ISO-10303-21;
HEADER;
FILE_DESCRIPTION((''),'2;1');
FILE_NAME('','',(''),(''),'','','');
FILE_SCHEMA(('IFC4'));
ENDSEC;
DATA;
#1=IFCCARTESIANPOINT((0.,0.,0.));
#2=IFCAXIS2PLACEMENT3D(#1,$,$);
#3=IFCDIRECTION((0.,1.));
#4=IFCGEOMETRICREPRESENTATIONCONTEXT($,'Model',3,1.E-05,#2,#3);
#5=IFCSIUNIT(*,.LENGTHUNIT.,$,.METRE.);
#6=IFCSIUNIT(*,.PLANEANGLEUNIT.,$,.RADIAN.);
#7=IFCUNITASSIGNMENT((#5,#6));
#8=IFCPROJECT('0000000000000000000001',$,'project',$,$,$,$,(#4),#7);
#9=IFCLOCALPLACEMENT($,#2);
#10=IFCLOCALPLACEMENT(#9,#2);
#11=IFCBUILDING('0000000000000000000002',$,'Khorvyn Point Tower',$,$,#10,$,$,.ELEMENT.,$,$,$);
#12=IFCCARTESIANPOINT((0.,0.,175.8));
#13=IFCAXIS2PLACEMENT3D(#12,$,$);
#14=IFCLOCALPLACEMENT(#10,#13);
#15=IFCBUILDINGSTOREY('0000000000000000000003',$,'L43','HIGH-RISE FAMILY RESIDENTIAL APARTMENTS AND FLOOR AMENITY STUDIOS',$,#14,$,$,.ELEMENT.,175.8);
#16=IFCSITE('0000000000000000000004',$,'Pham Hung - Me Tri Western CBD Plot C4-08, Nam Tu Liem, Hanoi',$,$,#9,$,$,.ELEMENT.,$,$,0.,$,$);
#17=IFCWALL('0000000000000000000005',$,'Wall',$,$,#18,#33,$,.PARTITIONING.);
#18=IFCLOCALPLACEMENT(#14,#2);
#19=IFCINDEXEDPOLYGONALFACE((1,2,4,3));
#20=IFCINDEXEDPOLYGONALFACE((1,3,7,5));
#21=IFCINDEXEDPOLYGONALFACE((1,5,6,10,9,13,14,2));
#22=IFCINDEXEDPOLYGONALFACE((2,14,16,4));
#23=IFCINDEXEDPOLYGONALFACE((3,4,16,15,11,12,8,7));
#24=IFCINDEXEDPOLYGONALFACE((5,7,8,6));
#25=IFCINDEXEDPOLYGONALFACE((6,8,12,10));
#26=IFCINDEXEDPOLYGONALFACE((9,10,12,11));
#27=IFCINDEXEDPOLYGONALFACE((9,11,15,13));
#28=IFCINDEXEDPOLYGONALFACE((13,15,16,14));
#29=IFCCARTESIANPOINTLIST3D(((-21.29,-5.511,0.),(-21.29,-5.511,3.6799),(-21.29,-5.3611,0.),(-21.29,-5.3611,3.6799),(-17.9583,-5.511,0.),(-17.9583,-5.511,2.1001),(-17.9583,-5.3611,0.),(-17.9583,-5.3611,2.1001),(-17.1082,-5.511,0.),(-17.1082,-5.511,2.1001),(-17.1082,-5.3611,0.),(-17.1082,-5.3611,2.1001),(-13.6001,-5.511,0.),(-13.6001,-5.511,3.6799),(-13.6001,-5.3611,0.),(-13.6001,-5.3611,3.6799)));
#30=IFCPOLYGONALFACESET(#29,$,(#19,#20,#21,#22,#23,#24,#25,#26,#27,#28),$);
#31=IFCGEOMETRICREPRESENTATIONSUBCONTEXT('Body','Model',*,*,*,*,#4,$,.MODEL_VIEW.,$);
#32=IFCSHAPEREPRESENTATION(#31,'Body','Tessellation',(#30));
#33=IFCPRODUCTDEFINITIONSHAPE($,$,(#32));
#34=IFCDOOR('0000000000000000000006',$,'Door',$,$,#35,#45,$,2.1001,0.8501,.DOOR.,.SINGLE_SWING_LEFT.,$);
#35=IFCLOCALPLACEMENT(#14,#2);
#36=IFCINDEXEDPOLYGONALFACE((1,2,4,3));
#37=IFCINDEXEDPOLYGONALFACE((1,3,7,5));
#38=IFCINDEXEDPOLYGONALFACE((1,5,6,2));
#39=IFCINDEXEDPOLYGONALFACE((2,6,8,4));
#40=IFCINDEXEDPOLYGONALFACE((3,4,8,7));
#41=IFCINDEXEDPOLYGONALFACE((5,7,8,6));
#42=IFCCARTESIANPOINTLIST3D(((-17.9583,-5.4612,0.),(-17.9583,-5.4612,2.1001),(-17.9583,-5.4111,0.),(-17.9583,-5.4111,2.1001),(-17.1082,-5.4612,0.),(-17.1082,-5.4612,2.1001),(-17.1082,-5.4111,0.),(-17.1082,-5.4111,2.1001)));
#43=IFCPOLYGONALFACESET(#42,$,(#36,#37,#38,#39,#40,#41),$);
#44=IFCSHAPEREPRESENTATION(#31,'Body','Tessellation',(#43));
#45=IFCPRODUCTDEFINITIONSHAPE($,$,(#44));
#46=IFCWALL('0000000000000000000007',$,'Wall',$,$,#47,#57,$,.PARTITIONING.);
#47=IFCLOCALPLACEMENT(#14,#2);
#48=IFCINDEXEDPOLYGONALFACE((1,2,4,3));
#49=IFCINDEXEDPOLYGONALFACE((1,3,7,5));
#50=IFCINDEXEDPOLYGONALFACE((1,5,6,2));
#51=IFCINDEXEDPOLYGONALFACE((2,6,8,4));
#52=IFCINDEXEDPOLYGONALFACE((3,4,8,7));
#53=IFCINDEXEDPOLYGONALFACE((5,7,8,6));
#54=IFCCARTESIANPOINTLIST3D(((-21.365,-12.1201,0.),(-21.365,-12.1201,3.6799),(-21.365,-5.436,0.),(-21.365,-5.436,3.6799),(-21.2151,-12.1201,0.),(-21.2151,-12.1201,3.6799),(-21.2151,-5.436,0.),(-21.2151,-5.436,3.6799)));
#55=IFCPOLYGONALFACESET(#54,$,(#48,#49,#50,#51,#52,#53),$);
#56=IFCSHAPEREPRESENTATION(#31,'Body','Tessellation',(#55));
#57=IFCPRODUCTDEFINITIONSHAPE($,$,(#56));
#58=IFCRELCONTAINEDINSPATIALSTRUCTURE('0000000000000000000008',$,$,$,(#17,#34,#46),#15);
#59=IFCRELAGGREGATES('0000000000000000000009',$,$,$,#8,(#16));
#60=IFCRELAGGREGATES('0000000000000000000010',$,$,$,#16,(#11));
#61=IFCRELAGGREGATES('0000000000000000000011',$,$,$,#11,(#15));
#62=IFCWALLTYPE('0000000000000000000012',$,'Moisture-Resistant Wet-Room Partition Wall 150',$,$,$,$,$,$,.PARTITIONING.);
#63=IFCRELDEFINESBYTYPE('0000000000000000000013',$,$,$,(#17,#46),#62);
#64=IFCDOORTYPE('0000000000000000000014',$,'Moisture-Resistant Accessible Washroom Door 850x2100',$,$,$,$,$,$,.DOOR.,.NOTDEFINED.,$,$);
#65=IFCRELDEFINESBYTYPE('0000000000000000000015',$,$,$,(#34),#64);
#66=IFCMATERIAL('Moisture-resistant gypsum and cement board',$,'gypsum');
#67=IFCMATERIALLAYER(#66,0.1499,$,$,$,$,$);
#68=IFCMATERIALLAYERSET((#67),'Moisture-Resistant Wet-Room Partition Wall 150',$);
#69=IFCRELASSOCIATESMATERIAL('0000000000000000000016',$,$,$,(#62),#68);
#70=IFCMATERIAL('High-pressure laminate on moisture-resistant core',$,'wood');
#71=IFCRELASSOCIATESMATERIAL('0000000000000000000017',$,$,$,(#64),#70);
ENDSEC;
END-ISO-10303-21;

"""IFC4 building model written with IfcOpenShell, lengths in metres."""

from ifc_helpers import new_model, si_unit, direction, frame, frame_2d, origin, place, context, subcontext, project, spatial, rectangle, extrude, material, layer, layer_set, type_object, element, fill, save


model = new_model("IFC4")

# Units and contexts
model_context = context("Model", 3, precision=1e-05, world=origin(), true_north=direction((0.0, 1.0)))
body_context = subcontext(model_context, "Body", "Model", "MODEL_VIEW")
ifc_project = project(units=[si_unit("LENGTHUNIT", "METRE"), si_unit("PLANEANGLEUNIT", "RADIAN")], contexts=[model_context])

# Site, building, storey
site_placement = place(None, origin())
site = spatial("IfcSite", under=ifc_project, at=site_placement, Name="Pham Hung - Me Tri Western CBD Plot C4-08, Nam Tu Liem, Hanoi", CompositionType="ELEMENT", RefElevation=0.0)
building_placement = place(site_placement, origin())
building = spatial("IfcBuilding", under=site, at=building_placement, Name="Khorvyn Point Tower", CompositionType="ELEMENT")
storey_placement = place(building_placement, frame((0.0, 0.0, 175.8)))
storey = spatial("IfcBuildingStorey", under=building, at=storey_placement, Name="L43", Description="HIGH-RISE FAMILY RESIDENTIAL APARTMENTS AND FLOOR AMENITY STUDIOS", CompositionType="ELEMENT", Elevation=175.8)

# Wall, opening, door
ifc_material_1 = material(Name="Moisture-resistant gypsum and cement board", Category="gypsum")
ifc_layer_1 = layer(ifc_material_1, 0.1499)
ifc_layer_set_1 = layer_set([ifc_layer_1], Name="Moisture-Resistant Wet-Room Partition Wall 150")
wall_type_1 = type_object("IfcWallType", Name="Moisture-Resistant Wet-Room Partition Wall 150", PredefinedType="PARTITIONING", material=ifc_layer_set_1)
ifc_material_2 = material(Name="High-pressure laminate on moisture-resistant core", Category="wood")
door_type_1 = type_object("IfcDoorType", Name="Moisture-Resistant Accessible Washroom Door 850x2100", OperationType="NOTDEFINED", PredefinedType="DOOR", material=ifc_material_2)
wall_1_placement = place(storey_placement, frame((-21.29, -5.436, 0.0), z_axis=(0.0, 0.0, 1.0), x_axis=(1.0, 0.0, 0.0)))
wall_1 = element("IfcWall", 1, at=wall_1_placement, inside=storey, type_object=wall_type_1, Name="Wall", PredefinedType="PARTITIONING", context=body_context, shape_type="SweptSolid", body=[
    extrude(rectangle(XDim=7.6899, YDim=0.1499, at=frame_2d((3.845, 0.0))), origin(), (0.0, 0.0, 1.0), 3.6799),
])
opening_1_placement = place(wall_1_placement, frame((3.3318, 0.0, 0.0)))
opening_1 = element("IfcOpeningElement", 2, at=opening_1_placement, cuts=wall_1, PredefinedType="OPENING", context=body_context, shape_type="SweptSolid", body=[
    extrude(rectangle(XDim=0.8501, YDim=2.1001, at=frame_2d((0.425, 1.05))), frame((0.0, 0.085, 0.0), z_axis=(0.0, -1.0, 0.0), x_axis=(1.0, 0.0, 0.0)), (0.0, 0.0, 1.0), 0.1699),
])
door_1_placement = place(opening_1_placement, origin())
door_1 = element("IfcDoor", 3, at=door_1_placement, inside=storey, type_object=door_type_1, Name="Door", OperationType="SINGLE_SWING_LEFT", OverallHeight=2.1001, OverallWidth=0.8501, PredefinedType="DOOR", context=body_context, shape_type="SweptSolid", body=[
    extrude(rectangle(XDim=0.8501, YDim=2.1001, at=frame_2d((0.425, 1.05))), frame((0.0, 0.0249, 0.0), z_axis=(0.0, -1.0, 0.0), x_axis=(1.0, 0.0, 0.0)), (0.0, 0.0, 1.0), 0.05),
])
fill(opening_1, door_1)

# Wall
wall_2_placement = place(storey_placement, frame((-21.29, -12.1201, 0.0), z_axis=(0.0, 0.0, 1.0), x_axis=(0.0, 1.0, 0.0)))
element("IfcWall", 4, at=wall_2_placement, inside=storey, type_object=wall_type_1, Name="Wall", PredefinedType="PARTITIONING", context=body_context, shape_type="SweptSolid", body=[
    extrude(rectangle(XDim=6.6841, YDim=0.1499, at=frame_2d((3.342, 0.0))), origin(), (0.0, 0.0, 1.0), 3.6799),
])

save(model, "model.ifc")
